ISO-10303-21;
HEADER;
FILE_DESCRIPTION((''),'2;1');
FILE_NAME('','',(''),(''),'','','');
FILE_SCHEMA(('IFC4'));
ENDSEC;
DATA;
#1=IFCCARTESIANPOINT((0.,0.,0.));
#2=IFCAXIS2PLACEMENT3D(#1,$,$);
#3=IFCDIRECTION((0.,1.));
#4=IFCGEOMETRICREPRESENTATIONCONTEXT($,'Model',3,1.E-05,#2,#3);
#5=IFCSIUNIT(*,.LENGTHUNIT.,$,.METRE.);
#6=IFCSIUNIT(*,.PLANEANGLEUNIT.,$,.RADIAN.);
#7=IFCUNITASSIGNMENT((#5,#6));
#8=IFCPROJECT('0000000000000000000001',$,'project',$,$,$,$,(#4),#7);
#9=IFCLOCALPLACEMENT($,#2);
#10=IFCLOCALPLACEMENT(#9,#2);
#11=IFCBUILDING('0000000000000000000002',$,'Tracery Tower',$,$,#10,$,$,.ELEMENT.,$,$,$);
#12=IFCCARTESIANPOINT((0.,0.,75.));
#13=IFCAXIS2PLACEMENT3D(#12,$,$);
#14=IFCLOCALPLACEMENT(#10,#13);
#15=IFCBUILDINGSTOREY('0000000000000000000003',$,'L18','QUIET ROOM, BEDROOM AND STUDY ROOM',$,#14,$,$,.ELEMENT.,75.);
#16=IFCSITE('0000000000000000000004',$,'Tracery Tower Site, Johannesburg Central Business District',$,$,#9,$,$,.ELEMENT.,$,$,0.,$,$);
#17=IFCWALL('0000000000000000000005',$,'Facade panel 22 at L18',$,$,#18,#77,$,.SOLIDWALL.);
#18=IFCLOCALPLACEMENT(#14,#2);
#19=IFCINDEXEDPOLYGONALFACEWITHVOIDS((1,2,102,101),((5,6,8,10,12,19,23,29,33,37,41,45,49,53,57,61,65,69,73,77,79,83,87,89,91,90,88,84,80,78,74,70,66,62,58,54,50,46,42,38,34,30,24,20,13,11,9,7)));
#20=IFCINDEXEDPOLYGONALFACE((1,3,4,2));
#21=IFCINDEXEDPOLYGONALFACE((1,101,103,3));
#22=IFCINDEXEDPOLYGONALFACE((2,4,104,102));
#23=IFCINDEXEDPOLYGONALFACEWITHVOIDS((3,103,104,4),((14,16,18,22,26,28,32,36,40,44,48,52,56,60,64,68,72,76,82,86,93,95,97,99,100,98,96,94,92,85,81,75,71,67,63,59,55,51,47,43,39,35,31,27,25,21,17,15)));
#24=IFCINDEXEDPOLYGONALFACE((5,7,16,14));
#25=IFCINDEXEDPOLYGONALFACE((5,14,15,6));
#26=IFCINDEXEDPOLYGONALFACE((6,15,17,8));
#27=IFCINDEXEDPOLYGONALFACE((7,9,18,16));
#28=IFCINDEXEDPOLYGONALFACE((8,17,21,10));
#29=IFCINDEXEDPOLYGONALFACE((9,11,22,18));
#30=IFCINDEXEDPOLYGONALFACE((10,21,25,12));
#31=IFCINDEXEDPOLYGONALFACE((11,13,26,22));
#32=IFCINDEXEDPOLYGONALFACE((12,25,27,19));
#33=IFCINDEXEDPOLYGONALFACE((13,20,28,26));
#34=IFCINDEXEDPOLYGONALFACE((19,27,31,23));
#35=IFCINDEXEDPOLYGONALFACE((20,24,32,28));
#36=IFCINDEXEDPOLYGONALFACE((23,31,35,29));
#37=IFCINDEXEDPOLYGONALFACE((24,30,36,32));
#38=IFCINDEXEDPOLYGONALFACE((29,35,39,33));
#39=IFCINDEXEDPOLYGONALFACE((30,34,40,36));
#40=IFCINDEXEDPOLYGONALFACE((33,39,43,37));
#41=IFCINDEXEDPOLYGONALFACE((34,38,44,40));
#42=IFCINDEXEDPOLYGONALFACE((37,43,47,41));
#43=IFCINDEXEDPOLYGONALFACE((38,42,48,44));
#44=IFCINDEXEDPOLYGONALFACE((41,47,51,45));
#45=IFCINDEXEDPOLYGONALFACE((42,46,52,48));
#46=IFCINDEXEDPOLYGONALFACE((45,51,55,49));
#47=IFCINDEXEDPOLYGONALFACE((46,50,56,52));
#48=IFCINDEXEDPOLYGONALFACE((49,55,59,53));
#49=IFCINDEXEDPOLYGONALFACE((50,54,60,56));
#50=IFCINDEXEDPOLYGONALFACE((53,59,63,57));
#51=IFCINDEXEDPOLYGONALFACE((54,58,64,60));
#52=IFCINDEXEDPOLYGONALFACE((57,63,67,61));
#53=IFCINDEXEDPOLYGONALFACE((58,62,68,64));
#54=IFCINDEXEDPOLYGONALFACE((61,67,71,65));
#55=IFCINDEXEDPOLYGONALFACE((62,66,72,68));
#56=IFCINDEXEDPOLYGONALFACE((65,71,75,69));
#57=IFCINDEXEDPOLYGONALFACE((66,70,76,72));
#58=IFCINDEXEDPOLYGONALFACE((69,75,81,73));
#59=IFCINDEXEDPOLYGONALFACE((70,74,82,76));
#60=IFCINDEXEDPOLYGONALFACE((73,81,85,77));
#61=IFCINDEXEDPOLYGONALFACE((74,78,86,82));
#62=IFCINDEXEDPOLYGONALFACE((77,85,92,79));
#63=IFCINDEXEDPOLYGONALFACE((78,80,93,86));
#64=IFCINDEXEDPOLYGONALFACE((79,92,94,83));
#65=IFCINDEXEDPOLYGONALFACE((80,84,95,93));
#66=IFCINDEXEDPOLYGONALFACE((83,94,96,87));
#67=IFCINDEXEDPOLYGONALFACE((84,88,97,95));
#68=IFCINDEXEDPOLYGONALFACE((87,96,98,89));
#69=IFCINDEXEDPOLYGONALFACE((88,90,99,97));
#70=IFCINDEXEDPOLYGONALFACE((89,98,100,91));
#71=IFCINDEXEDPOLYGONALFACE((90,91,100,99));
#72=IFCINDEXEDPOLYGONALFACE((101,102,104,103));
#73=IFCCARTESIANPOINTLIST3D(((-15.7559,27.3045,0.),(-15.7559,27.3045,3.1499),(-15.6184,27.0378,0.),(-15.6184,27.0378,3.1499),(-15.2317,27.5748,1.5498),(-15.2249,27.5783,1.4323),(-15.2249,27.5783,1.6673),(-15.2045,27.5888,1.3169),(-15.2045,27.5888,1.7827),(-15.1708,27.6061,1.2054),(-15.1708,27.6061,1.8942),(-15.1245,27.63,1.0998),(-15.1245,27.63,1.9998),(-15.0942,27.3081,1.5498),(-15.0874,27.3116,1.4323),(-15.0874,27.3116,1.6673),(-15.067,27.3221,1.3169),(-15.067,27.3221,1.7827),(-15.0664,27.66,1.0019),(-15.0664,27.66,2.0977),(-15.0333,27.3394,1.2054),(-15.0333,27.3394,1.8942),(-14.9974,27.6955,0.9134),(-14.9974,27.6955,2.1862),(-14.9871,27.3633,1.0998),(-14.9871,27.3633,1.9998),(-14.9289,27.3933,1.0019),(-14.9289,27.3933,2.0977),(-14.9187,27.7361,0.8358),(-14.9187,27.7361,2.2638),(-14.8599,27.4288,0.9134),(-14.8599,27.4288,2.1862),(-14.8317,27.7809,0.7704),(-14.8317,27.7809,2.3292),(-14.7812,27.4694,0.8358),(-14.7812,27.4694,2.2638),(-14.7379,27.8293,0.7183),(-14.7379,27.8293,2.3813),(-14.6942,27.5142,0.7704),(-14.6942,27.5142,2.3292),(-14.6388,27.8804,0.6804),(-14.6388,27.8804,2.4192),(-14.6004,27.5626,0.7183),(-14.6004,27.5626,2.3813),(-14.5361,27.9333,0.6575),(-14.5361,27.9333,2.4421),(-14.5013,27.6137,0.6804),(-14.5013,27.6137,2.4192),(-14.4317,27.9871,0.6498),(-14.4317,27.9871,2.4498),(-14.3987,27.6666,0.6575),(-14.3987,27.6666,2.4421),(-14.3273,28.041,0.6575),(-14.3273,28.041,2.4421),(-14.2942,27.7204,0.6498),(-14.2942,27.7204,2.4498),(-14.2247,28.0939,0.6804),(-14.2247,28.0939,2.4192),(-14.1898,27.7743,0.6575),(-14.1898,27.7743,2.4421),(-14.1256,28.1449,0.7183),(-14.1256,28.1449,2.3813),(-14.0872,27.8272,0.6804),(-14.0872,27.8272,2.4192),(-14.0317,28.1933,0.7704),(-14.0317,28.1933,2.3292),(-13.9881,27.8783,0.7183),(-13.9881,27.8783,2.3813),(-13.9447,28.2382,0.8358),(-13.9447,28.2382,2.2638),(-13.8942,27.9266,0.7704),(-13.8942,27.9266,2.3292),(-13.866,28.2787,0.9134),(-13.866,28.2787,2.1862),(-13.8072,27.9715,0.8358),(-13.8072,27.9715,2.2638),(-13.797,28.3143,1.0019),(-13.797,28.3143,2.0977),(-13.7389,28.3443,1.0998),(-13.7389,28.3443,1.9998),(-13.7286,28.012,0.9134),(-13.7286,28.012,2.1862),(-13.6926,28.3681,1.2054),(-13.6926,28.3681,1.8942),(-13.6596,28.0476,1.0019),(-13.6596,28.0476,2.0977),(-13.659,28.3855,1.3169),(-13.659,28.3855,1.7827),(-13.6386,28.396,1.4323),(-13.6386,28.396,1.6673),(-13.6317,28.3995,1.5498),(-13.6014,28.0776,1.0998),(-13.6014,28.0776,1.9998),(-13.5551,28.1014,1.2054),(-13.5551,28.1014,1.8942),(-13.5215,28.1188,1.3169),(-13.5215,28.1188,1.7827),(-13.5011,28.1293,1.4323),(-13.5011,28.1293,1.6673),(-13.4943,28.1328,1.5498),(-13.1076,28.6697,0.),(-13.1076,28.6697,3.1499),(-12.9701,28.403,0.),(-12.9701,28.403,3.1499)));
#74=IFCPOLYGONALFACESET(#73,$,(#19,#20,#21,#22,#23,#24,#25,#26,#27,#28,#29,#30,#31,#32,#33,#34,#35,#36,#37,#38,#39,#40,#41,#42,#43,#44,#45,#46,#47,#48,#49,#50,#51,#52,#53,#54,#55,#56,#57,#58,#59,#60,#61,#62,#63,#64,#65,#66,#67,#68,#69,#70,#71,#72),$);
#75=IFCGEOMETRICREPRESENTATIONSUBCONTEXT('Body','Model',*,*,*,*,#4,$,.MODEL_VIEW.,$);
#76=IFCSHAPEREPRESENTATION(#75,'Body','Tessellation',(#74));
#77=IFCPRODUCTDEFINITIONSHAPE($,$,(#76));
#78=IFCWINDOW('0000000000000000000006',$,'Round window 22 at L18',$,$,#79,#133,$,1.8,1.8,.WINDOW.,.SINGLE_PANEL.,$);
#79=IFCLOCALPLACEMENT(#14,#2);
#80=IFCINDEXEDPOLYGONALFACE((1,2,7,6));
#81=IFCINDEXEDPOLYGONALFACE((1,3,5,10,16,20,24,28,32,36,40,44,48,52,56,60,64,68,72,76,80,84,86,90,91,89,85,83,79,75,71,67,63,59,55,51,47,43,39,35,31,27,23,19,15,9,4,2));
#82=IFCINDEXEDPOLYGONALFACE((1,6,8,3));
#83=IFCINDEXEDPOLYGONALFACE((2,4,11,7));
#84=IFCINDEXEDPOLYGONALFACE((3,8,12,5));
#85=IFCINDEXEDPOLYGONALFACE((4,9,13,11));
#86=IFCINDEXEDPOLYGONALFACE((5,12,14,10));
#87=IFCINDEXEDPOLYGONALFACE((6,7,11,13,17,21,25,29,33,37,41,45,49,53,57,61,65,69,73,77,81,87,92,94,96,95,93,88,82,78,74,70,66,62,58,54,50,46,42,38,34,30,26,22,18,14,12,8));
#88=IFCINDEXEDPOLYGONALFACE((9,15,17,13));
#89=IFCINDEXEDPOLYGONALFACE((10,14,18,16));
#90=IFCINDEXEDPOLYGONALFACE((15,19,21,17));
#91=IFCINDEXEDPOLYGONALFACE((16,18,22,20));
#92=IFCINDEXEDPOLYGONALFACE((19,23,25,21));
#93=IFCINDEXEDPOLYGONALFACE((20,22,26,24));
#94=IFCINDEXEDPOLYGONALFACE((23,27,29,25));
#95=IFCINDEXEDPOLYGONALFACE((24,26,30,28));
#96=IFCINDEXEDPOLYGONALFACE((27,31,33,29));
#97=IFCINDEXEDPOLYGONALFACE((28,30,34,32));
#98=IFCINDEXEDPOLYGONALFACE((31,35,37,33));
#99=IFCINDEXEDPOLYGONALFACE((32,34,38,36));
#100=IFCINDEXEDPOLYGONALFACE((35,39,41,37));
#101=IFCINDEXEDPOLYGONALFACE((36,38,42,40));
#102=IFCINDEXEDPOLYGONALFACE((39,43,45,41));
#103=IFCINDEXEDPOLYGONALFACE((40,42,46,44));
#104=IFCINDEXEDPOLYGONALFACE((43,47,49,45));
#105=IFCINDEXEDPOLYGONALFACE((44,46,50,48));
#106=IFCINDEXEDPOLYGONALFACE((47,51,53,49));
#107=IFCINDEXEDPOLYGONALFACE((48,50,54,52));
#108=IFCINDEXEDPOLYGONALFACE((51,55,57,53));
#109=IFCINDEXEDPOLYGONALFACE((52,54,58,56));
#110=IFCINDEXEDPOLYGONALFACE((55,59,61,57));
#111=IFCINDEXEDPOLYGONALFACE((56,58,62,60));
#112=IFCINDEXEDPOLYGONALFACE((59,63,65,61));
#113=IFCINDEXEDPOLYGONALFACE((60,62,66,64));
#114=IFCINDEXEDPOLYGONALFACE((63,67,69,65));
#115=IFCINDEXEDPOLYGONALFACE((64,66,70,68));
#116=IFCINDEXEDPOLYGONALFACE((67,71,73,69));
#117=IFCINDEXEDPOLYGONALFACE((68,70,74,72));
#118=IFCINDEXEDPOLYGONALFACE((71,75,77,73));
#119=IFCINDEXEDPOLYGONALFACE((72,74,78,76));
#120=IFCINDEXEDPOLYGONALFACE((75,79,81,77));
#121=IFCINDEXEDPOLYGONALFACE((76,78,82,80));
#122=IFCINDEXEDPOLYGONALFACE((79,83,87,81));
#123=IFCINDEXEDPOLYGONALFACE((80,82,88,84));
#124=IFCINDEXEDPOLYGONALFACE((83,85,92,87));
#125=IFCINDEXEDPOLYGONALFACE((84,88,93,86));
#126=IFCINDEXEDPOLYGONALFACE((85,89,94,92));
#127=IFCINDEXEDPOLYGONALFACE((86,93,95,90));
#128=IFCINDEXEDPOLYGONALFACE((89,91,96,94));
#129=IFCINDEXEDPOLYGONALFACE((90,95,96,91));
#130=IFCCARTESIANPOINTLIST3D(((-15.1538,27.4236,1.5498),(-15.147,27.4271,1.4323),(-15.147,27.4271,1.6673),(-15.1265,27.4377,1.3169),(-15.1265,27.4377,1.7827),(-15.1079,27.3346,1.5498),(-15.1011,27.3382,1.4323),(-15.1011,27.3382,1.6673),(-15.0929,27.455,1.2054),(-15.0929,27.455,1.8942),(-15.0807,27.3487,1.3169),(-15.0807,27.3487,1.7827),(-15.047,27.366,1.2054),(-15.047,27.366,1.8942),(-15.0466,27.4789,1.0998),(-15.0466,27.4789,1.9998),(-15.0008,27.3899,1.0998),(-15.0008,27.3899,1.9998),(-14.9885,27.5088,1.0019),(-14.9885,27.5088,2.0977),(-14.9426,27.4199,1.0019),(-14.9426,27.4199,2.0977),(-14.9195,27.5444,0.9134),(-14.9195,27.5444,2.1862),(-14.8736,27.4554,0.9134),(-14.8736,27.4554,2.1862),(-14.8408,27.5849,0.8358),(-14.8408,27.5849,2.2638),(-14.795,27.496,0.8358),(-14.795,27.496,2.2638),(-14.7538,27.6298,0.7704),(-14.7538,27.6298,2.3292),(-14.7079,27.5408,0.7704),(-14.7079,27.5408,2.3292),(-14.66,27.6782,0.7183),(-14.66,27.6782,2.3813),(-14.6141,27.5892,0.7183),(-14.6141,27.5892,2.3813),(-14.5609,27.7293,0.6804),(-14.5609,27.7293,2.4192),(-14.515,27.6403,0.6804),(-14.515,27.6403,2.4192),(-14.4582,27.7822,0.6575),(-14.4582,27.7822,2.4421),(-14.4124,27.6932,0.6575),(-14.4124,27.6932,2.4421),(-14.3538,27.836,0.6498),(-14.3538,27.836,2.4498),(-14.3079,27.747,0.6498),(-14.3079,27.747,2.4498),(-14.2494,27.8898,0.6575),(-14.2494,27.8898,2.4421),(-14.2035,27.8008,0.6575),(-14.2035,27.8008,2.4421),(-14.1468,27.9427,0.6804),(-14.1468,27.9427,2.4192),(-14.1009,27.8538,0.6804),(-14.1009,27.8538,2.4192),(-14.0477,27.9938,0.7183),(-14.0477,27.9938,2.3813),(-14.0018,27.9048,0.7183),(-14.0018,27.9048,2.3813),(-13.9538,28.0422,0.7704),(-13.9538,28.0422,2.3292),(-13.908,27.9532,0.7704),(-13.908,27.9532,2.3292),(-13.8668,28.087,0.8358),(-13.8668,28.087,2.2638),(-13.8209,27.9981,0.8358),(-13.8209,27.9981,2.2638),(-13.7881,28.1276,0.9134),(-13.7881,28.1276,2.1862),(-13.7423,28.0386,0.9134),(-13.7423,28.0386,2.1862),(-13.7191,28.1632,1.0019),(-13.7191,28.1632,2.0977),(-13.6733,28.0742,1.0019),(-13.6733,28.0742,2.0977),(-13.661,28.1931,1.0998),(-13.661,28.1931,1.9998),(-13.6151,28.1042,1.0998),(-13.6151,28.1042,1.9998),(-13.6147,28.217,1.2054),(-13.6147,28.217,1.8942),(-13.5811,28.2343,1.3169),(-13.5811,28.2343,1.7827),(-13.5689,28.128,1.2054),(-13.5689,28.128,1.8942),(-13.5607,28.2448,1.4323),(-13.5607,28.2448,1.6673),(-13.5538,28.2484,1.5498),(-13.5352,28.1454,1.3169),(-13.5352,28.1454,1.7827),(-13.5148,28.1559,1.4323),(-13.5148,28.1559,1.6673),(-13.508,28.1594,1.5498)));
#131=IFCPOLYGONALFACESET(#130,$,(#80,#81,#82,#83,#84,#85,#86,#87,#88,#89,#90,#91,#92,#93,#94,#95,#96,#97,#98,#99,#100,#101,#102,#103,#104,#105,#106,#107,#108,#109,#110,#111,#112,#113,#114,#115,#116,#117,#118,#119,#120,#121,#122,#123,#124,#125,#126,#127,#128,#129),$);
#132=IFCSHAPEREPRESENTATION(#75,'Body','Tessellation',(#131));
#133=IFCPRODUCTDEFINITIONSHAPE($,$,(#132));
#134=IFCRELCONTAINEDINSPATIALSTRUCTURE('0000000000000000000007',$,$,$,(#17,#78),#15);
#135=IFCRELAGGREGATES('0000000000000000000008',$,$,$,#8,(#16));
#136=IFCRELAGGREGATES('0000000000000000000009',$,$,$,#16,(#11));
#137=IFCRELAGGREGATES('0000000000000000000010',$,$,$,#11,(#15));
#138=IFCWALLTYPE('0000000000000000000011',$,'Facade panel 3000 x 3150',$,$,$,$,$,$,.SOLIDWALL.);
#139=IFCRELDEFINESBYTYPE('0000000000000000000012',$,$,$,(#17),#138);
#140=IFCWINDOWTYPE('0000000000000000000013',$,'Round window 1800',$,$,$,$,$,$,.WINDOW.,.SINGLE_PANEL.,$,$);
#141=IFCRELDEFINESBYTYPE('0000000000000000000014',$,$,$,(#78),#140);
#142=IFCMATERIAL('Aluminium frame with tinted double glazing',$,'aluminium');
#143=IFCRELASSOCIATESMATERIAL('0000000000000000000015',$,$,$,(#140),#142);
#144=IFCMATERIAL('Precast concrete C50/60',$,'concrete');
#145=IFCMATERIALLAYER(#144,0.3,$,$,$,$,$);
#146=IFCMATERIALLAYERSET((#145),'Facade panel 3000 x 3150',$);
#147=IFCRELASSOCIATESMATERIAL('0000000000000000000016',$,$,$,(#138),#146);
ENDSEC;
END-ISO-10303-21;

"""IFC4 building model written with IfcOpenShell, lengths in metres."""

from ifc_helpers import new_model, si_unit, direction, frame, frame_2d, origin, origin_2d, place, context, subcontext, project, spatial, rectangle, circle, extrude, material, layer, layer_set, type_object, element, fill, save


model = new_model("IFC4")

# Units and contexts
model_context = context("Model", 3, precision=1e-05, world=origin(), true_north=direction((0.0, 1.0)))
body_context = subcontext(model_context, "Body", "Model", "MODEL_VIEW")
ifc_project = project(units=[si_unit("LENGTHUNIT", "METRE"), si_unit("PLANEANGLEUNIT", "RADIAN")], contexts=[model_context])

# Site, building, storey
site_placement = place(None, origin())
site = spatial("IfcSite", under=ifc_project, at=site_placement, Name="Tracery Tower Site, Johannesburg Central Business District", CompositionType="ELEMENT", RefElevation=0.0)
building_placement = place(site_placement, origin())
building = spatial("IfcBuilding", under=site, at=building_placement, Name="Tracery Tower", CompositionType="ELEMENT")
storey_placement = place(building_placement, frame((0.0, 0.0, 75.0)))
storey = spatial("IfcBuildingStorey", under=building, at=storey_placement, Name="L18", Description="QUIET ROOM, BEDROOM AND STUDY ROOM", CompositionType="ELEMENT", Elevation=75.0)

# Wall, opening, window
ifc_material_1 = material(Name="Aluminium frame with tinted double glazing", Category="aluminium")
window_type = type_object("IfcWindowType", Name="Round window 1800", PartitioningType="SINGLE_PANEL", PredefinedType="WINDOW", material=ifc_material_1)
ifc_material_2 = material(Name="Precast concrete C50/60", Category="concrete")
ifc_layer_1 = layer(ifc_material_2, 0.3)
ifc_layer_set_1 = layer_set([ifc_layer_1], Name="Facade panel 3000 x 3150")
wall_type_1 = type_object("IfcWallType", Name="Facade panel 3000 x 3150", PredefinedType="SOLIDWALL", material=ifc_layer_set_1)
wall_1_placement = place(storey_placement, frame((-13.0388, 28.5364, 0.0), z_axis=(0.0, 0.0, 1.0), x_axis=(-0.888853, -0.458192, 0.0)))
wall_1 = element("IfcWall", 1, at=wall_1_placement, inside=storey, type_object=wall_type_1, Name="Facade panel 22 at L18", PredefinedType="SOLIDWALL", context=body_context, shape_type="SweptSolid", body=[
    extrude(rectangle(XDim=2.9795, YDim=0.3, at=frame_2d((1.4897, 0.0))), origin(), (0.0, 0.0, 1.0), 3.1499),
])
opening_1_placement = place(wall_1_placement, frame((1.4897, 0.0, 1.5498)))
opening_1 = element("IfcOpeningElement", 2, at=opening_1_placement, cuts=wall_1, PredefinedType="OPENING", context=body_context, shape_type="SweptSolid", body=[
    extrude(circle(Radius=0.9, at=origin_2d()), frame((0.0, 0.1599, 0.0), z_axis=(0.0, -1.0, 0.0), x_axis=(1.0, 0.0, 0.0)), (0.0, 0.0, 1.0), 0.3201),
])
window_1_placement = place(opening_1_placement, origin())
window_1 = element("IfcWindow", 3, at=window_1_placement, inside=storey, type_object=window_type, Name="Round window 22 at L18", OverallHeight=1.8, OverallWidth=1.8, PartitioningType="SINGLE_PANEL", PredefinedType="WINDOW", context=body_context, shape_type="SweptSolid", body=[
    extrude(circle(Radius=0.9, at=origin_2d()), frame((0.0, 0.1201, 0.0), z_axis=(0.0, -1.0, 0.0), x_axis=(1.0, 0.0, 0.0)), (0.0, 0.0, 1.0), 0.1001),
])
fill(opening_1, window_1)

save(model, "model.ifc")
